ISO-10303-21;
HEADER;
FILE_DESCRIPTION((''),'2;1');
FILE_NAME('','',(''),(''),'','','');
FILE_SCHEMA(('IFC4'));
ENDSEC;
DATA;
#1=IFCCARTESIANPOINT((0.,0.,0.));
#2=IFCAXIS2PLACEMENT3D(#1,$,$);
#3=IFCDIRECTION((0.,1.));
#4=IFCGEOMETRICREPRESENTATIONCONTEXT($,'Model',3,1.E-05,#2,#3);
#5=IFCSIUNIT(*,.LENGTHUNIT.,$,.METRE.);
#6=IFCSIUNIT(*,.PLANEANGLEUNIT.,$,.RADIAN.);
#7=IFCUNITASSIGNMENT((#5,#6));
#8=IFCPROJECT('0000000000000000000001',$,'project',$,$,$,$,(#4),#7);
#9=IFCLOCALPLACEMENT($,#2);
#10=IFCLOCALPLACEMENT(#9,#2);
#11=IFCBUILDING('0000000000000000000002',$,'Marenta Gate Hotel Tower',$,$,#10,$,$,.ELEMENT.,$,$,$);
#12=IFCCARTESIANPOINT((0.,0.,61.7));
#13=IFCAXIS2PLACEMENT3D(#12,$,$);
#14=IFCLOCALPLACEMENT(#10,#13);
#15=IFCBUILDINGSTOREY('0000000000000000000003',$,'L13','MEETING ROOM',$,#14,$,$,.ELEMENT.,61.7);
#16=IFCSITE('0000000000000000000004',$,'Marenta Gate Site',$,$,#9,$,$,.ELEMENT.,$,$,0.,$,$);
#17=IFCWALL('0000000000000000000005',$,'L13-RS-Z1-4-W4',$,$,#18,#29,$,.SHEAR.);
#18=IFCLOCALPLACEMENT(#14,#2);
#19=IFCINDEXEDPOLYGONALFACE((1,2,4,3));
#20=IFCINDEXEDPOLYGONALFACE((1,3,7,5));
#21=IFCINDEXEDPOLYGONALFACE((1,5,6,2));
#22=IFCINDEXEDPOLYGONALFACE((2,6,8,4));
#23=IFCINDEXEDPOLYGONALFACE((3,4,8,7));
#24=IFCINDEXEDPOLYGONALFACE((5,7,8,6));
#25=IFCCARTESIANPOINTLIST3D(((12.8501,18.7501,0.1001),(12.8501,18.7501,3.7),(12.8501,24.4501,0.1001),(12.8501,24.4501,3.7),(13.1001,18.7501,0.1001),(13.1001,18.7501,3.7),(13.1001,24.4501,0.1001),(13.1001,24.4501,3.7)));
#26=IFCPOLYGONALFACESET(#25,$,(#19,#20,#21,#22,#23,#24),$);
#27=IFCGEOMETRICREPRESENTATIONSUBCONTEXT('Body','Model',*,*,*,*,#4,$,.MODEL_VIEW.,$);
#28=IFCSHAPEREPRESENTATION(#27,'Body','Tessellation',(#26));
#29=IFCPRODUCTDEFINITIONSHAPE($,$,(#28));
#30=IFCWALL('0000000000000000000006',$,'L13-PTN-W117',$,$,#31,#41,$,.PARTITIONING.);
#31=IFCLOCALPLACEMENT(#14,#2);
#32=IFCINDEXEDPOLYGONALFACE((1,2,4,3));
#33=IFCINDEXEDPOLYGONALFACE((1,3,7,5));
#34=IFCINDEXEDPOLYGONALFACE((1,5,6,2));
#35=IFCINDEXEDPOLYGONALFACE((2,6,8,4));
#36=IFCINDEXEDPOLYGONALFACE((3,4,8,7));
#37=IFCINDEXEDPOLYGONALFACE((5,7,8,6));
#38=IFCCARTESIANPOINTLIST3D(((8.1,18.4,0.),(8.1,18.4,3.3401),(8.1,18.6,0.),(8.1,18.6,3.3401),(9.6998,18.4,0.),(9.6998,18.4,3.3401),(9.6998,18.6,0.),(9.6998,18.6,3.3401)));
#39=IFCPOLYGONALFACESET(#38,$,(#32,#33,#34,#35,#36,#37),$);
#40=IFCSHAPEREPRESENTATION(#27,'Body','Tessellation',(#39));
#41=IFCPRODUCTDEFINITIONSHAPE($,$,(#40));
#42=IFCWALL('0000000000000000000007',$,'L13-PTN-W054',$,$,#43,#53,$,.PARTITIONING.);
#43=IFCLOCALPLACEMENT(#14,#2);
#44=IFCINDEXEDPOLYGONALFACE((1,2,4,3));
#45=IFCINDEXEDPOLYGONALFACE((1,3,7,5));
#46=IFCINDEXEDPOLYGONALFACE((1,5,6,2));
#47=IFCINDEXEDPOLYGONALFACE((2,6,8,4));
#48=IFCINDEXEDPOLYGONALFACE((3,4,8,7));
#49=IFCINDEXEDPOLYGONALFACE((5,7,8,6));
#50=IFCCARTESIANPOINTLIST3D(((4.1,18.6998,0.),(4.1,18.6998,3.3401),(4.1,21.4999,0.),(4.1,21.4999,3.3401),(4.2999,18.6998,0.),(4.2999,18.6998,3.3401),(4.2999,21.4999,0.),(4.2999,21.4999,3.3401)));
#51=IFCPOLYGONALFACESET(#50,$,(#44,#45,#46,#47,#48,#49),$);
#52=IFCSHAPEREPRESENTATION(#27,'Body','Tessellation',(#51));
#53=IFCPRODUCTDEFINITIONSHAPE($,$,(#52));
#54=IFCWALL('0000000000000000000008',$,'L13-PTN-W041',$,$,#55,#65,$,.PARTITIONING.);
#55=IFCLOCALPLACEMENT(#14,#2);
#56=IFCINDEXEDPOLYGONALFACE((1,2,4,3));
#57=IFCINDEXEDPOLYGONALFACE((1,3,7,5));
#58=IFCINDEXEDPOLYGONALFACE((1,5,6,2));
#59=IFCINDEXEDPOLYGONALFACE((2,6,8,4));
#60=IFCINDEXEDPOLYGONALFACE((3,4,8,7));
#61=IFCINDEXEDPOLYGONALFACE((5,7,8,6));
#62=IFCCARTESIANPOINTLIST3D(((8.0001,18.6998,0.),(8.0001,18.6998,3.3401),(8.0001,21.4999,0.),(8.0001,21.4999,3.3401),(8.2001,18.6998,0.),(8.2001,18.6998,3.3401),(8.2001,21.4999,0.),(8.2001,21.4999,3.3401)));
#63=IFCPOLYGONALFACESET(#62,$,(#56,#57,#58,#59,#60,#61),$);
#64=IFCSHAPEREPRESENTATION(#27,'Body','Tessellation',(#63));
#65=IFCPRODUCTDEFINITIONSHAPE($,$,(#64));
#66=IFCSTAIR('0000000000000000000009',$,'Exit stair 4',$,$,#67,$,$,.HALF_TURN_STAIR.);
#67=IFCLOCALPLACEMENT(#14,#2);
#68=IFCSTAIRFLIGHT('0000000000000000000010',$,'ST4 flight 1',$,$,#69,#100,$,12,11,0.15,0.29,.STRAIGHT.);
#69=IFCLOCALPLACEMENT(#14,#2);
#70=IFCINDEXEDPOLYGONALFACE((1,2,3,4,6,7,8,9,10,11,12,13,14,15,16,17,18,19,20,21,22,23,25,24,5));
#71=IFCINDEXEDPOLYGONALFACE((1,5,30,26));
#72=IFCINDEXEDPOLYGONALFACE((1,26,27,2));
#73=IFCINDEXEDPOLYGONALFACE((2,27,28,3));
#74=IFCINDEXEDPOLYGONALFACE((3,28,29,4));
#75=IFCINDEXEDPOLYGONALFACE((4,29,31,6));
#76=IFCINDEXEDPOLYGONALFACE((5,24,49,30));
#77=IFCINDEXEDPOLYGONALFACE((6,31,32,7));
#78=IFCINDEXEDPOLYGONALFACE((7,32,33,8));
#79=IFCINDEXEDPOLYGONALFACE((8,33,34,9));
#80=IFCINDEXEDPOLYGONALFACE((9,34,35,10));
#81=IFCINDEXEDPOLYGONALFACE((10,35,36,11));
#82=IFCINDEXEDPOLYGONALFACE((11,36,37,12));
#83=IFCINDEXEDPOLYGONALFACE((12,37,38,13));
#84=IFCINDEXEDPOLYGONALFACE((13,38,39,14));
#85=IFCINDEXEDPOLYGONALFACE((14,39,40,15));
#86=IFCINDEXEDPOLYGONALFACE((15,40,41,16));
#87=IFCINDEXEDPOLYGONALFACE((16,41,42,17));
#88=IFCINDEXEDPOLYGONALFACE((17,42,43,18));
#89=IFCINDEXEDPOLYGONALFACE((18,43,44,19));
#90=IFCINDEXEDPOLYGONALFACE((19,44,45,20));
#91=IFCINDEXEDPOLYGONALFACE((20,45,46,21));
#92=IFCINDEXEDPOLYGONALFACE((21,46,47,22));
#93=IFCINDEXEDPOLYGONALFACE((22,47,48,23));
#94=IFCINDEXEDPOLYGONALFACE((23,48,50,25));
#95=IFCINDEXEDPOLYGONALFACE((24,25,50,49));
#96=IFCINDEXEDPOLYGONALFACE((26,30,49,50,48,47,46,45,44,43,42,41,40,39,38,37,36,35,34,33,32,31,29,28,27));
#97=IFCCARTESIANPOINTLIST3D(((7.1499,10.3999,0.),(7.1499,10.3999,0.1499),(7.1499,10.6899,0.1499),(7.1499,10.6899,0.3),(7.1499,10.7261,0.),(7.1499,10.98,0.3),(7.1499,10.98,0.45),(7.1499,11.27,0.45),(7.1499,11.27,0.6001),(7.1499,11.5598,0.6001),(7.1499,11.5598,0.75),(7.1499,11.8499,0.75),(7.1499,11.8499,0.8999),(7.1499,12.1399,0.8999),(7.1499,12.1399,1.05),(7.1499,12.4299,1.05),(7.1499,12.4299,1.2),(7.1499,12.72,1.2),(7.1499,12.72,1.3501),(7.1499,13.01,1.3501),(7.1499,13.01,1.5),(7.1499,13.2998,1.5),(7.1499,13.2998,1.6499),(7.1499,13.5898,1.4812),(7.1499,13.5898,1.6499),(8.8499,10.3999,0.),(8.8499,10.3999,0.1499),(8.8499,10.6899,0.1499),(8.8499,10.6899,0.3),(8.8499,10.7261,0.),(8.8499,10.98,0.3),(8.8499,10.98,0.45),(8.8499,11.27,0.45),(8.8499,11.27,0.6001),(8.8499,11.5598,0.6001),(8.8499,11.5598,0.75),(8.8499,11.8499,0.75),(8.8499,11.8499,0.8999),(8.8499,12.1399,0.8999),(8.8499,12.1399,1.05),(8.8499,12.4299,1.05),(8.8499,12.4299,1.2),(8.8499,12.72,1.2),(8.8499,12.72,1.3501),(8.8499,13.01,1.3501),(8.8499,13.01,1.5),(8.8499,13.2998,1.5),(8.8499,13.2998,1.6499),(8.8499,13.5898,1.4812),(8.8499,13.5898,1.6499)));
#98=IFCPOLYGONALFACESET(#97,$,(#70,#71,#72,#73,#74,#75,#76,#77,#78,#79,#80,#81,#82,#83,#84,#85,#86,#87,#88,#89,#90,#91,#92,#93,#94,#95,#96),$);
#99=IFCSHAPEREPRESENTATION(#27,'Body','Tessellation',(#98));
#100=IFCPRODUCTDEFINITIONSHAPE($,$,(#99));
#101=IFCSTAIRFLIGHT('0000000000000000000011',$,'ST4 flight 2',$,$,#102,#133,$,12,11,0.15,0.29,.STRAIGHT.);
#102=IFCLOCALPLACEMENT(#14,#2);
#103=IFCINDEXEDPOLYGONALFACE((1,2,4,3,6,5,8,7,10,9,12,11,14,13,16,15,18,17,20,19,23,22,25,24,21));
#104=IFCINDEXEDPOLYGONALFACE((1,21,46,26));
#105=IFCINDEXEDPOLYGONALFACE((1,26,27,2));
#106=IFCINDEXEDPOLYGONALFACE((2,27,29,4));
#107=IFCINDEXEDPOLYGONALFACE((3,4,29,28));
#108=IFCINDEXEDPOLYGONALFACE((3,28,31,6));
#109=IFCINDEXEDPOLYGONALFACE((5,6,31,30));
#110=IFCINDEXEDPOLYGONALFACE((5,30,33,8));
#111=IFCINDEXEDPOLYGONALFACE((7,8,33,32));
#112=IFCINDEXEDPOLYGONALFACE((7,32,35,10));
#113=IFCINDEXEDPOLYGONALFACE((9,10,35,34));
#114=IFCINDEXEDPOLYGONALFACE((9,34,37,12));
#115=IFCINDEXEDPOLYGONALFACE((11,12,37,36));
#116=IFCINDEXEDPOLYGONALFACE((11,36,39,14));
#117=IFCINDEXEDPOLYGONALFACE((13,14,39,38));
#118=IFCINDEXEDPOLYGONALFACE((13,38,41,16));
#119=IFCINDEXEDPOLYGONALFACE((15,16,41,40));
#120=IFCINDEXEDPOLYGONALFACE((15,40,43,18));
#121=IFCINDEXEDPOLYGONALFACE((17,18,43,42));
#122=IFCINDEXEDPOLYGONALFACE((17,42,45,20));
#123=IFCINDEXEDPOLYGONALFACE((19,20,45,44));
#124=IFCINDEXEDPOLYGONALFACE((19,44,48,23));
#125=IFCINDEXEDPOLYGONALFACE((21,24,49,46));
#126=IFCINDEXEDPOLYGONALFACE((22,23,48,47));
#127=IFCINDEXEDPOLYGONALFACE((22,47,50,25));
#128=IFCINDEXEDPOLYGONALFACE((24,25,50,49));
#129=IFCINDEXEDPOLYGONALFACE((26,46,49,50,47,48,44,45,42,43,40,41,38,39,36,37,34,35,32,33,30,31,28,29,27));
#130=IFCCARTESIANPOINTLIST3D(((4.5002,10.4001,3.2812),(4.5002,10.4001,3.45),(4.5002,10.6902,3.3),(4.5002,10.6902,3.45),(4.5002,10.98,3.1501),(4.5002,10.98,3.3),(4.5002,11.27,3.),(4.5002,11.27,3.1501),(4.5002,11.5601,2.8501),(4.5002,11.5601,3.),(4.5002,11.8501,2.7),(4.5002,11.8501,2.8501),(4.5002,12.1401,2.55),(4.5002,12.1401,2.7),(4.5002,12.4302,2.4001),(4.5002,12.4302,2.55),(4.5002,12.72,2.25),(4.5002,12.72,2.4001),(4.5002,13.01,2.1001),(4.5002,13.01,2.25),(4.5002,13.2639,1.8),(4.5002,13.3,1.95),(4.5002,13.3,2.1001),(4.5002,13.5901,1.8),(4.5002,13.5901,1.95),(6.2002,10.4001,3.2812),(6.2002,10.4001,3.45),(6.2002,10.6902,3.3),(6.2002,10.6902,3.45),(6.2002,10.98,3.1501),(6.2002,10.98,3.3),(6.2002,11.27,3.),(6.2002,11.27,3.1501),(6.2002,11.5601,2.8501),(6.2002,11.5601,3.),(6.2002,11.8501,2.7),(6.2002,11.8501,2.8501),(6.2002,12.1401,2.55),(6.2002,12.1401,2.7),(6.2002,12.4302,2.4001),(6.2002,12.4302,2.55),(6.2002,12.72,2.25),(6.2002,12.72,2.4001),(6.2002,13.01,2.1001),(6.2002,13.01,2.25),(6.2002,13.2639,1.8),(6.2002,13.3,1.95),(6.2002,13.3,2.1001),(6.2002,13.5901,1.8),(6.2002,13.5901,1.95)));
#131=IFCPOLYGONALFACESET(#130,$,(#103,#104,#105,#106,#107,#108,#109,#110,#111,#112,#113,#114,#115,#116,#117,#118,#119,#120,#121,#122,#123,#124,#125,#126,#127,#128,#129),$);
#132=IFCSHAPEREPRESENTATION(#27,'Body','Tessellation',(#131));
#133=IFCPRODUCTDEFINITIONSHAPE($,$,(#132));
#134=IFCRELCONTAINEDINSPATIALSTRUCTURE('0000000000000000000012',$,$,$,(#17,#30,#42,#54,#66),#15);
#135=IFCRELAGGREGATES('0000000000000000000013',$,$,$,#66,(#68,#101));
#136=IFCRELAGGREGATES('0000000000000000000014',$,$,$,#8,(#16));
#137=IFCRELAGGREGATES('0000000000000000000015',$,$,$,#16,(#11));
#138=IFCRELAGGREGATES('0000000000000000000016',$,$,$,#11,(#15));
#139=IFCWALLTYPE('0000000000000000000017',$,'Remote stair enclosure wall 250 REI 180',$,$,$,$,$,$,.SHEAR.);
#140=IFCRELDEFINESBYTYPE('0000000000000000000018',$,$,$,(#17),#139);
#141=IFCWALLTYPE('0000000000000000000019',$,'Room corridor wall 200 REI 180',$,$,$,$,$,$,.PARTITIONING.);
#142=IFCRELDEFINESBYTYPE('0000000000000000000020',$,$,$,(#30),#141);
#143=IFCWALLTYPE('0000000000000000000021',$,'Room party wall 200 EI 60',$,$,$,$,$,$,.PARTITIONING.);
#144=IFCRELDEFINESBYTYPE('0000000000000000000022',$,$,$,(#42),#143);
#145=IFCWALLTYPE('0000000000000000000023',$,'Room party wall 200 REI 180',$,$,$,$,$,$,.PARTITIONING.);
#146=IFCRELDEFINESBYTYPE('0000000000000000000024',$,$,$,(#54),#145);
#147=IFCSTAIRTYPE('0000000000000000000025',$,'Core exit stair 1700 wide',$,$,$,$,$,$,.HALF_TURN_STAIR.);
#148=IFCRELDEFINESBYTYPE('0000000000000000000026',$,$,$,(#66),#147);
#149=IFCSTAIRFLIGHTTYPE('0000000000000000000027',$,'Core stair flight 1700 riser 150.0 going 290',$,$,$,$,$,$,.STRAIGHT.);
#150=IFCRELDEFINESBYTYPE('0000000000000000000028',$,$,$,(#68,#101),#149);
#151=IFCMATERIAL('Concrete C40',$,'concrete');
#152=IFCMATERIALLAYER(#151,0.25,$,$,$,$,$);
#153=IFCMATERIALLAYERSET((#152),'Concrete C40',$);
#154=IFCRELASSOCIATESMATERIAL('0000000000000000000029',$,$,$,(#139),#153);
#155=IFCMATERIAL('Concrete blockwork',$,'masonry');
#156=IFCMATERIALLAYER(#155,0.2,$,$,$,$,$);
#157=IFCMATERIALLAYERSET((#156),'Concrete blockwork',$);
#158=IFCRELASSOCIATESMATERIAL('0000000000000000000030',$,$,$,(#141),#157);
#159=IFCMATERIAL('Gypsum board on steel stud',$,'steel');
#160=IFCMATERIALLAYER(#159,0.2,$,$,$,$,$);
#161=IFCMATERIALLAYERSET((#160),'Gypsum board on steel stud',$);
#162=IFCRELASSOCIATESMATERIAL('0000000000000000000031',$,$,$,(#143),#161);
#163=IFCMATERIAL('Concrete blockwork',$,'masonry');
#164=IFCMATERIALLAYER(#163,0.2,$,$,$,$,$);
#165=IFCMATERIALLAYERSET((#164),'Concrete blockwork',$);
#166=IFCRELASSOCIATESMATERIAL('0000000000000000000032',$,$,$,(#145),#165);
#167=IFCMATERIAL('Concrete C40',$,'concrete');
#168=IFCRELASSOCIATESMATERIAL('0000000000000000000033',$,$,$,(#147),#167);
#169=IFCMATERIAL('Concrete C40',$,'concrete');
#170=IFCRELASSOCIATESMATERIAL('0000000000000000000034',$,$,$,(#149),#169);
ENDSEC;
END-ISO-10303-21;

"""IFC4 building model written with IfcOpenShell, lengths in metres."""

from ifc_helpers import new_model, si_unit, direction, frame, frame_2d, origin, place, context, subcontext, project, spatial, polyline, rectangle, outline, extrude, material, layer, layer_set, type_object, element, aggregate, save


model = new_model("IFC4")

# Units and contexts
model_context = context("Model", 3, precision=1e-05, world=origin(), true_north=direction((0.0, 1.0)))
body_context = subcontext(model_context, "Body", "Model", "MODEL_VIEW")
ifc_project = project(units=[si_unit("LENGTHUNIT", "METRE"), si_unit("PLANEANGLEUNIT", "RADIAN")], contexts=[model_context])

# Site, building, storey
site_placement = place(None, origin())
site = spatial("IfcSite", under=ifc_project, at=site_placement, Name="Marenta Gate Site", CompositionType="ELEMENT", RefElevation=0.0)
building_placement = place(site_placement, origin())
building = spatial("IfcBuilding", under=site, at=building_placement, Name="Marenta Gate Hotel Tower", CompositionType="ELEMENT")
storey_placement = place(building_placement, frame((0.0, 0.0, 61.7)))
storey = spatial("IfcBuildingStorey", under=building, at=storey_placement, Name="L13", Description="MEETING ROOM", CompositionType="ELEMENT", Elevation=61.7)

# Shared definitions
ifc_material_1 = material(Name="Concrete C40", Category="concrete")
ifc_layer_1 = layer(ifc_material_1, 0.25)
ifc_layer_set_1 = layer_set([ifc_layer_1], Name="Concrete C40")
wall_type_1 = type_object("IfcWallType", Name="Remote stair enclosure wall 250 REI 180", PredefinedType="SHEAR", material=ifc_layer_set_1)

# Walls
wall_1_placement = place(storey_placement, frame((12.9751, 18.75, 0.1001), z_axis=(0.0, 0.0, 1.0), x_axis=(0.0, 1.0, 0.0)))
element("IfcWall", 1, at=wall_1_placement, inside=storey, type_object=wall_type_1, Name="L13-RS-Z1-4-W4", PredefinedType="SHEAR", context=body_context, shape_type="SweptSolid", body=[
    extrude(rectangle(XDim=5.7, YDim=0.25, at=frame_2d((2.8501, 0.0))), origin(), (0.0, 0.0, 1.0), 3.5999),
])
ifc_material_2 = material(Name="Concrete blockwork", Category="masonry")
ifc_layer_2 = layer(ifc_material_2, 0.2)
ifc_layer_set_2 = layer_set([ifc_layer_2], Name="Concrete blockwork")
wall_type_2 = type_object("IfcWallType", Name="Room corridor wall 200 REI 180", PredefinedType="PARTITIONING", material=ifc_layer_set_2)
wall_2_placement = place(storey_placement, frame((8.1001, 18.5, 0.0), z_axis=(0.0, 0.0, 1.0), x_axis=(1.0, 0.0, 0.0)))
element("IfcWall", 2, at=wall_2_placement, inside=storey, type_object=wall_type_2, Name="L13-PTN-W117", PredefinedType="PARTITIONING", context=body_context, shape_type="SweptSolid", body=[
    extrude(rectangle(XDim=1.5999, YDim=0.2, at=frame_2d((0.7998, 0.0))), origin(), (0.0, 0.0, 1.0), 3.3401),
])
ifc_material_3 = material(Name="Gypsum board on steel stud", Category="steel")
ifc_layer_3 = layer(ifc_material_3, 0.2)
ifc_layer_set_3 = layer_set([ifc_layer_3], Name="Gypsum board on steel stud")
wall_type_3 = type_object("IfcWallType", Name="Room party wall 200 EI 60", PredefinedType="PARTITIONING", material=ifc_layer_set_3)
wall_3_placement = place(storey_placement, frame((4.2, 18.7, 0.0), z_axis=(0.0, 0.0, 1.0), x_axis=(0.0, 1.0, 0.0)))
element("IfcWall", 3, at=wall_3_placement, inside=storey, type_object=wall_type_3, Name="L13-PTN-W054", PredefinedType="PARTITIONING", context=body_context, shape_type="SweptSolid", body=[
    extrude(rectangle(XDim=2.8, YDim=0.2, at=frame_2d((1.3999, 0.0))), origin(), (0.0, 0.0, 1.0), 3.3401),
])
ifc_material_4 = material(Name="Concrete blockwork", Category="masonry")
ifc_layer_4 = layer(ifc_material_4, 0.2)
ifc_layer_set_4 = layer_set([ifc_layer_4], Name="Concrete blockwork")
wall_type_4 = type_object("IfcWallType", Name="Room party wall 200 REI 180", PredefinedType="PARTITIONING", material=ifc_layer_set_4)
wall_4_placement = place(storey_placement, frame((8.1001, 18.7, 0.0), z_axis=(0.0, 0.0, 1.0), x_axis=(0.0, 1.0, 0.0)))
element("IfcWall", 4, at=wall_4_placement, inside=storey, type_object=wall_type_4, Name="L13-PTN-W041", PredefinedType="PARTITIONING", context=body_context, shape_type="SweptSolid", body=[
    extrude(rectangle(XDim=2.8, YDim=0.2, at=frame_2d((1.3999, 0.0))), origin(), (0.0, 0.0, 1.0), 3.3401),
])

# Stair, stair flights
ifc_material_5 = material(Name="Concrete C40", Category="concrete")
stair_type = type_object("IfcStairType", Name="Core exit stair 1700 wide", PredefinedType="HALF_TURN_STAIR", material=ifc_material_5)
stair_placement = place(storey_placement, origin())
stair = element("IfcStair", 5, at=stair_placement, inside=storey, type_object=stair_type, Name="Exit stair 4", PredefinedType="HALF_TURN_STAIR")
ifc_material_6 = material(Name="Concrete C40", Category="concrete")
stair_flight_type = type_object("IfcStairFlightType", Name="Core stair flight 1700 riser 150.0 going 290", PredefinedType="STRAIGHT", material=ifc_material_6)
stair_flight_1_placement = place(storey_placement, frame((8.0, 10.3999, 0.0), z_axis=(0.0, 0.0, 1.0), x_axis=(0.0, 1.0, 0.0)))
stair_flight_1 = element("IfcStairFlight", 6, at=stair_flight_1_placement, type_object=stair_flight_type, Name="ST4 flight 1", NumberOfRisers=12, NumberOfTreads=11, PredefinedType="STRAIGHT", RiserHeight=0.15, TreadLength=0.29, context=body_context, shape_type="SweptSolid", body=[
    extrude(outline(polyline([(0.0, 0.0), (0.0, 0.1499), (0.29, 0.1499), (0.29, 0.3), (0.5801, 0.3), (0.5801, 0.45), (0.8701, 0.45), (0.8701, 0.6001), (1.1599, 0.6001), (1.1599, 0.75), (1.45, 0.75), (1.45, 0.8999), (1.74, 0.8999), (1.74, 1.05), (2.03, 1.05), (2.03, 1.2), (2.3201, 1.2), (2.3201, 1.3501), (2.6101, 1.3501), (2.6101, 1.5), (2.8999, 1.5), (2.8999, 1.6499), (3.1899, 1.6499), (3.1899, 1.8), (3.1899, 1.4812), (0.3262, 0.0), (0.0, 0.0)])), frame((0.0, 0.8501, 0.0), z_axis=(0.0, -1.0, 0.0), x_axis=(1.0, 0.0, 0.0)), (0.0, 0.0, 1.0), 1.7),
])
stair_flight_2_placement = place(storey_placement, frame((5.3501, 13.5901, 1.8), z_axis=(0.0, 0.0, 1.0), x_axis=(0.0, -1.0, 0.0)))
stair_flight_2 = element("IfcStairFlight", 7, at=stair_flight_2_placement, type_object=stair_flight_type, Name="ST4 flight 2", NumberOfRisers=12, NumberOfTreads=11, PredefinedType="STRAIGHT", RiserHeight=0.15, TreadLength=0.29, context=body_context, shape_type="SweptSolid", body=[
    extrude(outline(polyline([(0.0, 0.0), (0.0, 0.1499), (0.29, 0.1499), (0.29, 0.3), (0.5801, 0.3), (0.5801, 0.45), (0.8701, 0.45), (0.8701, 0.6001), (1.1599, 0.6001), (1.1599, 0.75), (1.45, 0.75), (1.45, 0.8999), (1.74, 0.8999), (1.74, 1.05), (2.03, 1.05), (2.03, 1.2), (2.3201, 1.2), (2.3201, 1.3501), (2.6101, 1.3501), (2.6101, 1.5), (2.8999, 1.5), (2.8999, 1.6499), (3.1899, 1.6499), (3.1899, 1.8), (3.1899, 1.4812), (0.3262, 0.0), (0.0, 0.0)])), frame((0.0, 0.8501, 0.0), z_axis=(0.0, -1.0, 0.0), x_axis=(1.0, 0.0, 0.0)), (0.0, 0.0, 1.0), 1.7),
])
aggregate(stair, [stair_flight_1, stair_flight_2])

save(model, "model.ifc")
